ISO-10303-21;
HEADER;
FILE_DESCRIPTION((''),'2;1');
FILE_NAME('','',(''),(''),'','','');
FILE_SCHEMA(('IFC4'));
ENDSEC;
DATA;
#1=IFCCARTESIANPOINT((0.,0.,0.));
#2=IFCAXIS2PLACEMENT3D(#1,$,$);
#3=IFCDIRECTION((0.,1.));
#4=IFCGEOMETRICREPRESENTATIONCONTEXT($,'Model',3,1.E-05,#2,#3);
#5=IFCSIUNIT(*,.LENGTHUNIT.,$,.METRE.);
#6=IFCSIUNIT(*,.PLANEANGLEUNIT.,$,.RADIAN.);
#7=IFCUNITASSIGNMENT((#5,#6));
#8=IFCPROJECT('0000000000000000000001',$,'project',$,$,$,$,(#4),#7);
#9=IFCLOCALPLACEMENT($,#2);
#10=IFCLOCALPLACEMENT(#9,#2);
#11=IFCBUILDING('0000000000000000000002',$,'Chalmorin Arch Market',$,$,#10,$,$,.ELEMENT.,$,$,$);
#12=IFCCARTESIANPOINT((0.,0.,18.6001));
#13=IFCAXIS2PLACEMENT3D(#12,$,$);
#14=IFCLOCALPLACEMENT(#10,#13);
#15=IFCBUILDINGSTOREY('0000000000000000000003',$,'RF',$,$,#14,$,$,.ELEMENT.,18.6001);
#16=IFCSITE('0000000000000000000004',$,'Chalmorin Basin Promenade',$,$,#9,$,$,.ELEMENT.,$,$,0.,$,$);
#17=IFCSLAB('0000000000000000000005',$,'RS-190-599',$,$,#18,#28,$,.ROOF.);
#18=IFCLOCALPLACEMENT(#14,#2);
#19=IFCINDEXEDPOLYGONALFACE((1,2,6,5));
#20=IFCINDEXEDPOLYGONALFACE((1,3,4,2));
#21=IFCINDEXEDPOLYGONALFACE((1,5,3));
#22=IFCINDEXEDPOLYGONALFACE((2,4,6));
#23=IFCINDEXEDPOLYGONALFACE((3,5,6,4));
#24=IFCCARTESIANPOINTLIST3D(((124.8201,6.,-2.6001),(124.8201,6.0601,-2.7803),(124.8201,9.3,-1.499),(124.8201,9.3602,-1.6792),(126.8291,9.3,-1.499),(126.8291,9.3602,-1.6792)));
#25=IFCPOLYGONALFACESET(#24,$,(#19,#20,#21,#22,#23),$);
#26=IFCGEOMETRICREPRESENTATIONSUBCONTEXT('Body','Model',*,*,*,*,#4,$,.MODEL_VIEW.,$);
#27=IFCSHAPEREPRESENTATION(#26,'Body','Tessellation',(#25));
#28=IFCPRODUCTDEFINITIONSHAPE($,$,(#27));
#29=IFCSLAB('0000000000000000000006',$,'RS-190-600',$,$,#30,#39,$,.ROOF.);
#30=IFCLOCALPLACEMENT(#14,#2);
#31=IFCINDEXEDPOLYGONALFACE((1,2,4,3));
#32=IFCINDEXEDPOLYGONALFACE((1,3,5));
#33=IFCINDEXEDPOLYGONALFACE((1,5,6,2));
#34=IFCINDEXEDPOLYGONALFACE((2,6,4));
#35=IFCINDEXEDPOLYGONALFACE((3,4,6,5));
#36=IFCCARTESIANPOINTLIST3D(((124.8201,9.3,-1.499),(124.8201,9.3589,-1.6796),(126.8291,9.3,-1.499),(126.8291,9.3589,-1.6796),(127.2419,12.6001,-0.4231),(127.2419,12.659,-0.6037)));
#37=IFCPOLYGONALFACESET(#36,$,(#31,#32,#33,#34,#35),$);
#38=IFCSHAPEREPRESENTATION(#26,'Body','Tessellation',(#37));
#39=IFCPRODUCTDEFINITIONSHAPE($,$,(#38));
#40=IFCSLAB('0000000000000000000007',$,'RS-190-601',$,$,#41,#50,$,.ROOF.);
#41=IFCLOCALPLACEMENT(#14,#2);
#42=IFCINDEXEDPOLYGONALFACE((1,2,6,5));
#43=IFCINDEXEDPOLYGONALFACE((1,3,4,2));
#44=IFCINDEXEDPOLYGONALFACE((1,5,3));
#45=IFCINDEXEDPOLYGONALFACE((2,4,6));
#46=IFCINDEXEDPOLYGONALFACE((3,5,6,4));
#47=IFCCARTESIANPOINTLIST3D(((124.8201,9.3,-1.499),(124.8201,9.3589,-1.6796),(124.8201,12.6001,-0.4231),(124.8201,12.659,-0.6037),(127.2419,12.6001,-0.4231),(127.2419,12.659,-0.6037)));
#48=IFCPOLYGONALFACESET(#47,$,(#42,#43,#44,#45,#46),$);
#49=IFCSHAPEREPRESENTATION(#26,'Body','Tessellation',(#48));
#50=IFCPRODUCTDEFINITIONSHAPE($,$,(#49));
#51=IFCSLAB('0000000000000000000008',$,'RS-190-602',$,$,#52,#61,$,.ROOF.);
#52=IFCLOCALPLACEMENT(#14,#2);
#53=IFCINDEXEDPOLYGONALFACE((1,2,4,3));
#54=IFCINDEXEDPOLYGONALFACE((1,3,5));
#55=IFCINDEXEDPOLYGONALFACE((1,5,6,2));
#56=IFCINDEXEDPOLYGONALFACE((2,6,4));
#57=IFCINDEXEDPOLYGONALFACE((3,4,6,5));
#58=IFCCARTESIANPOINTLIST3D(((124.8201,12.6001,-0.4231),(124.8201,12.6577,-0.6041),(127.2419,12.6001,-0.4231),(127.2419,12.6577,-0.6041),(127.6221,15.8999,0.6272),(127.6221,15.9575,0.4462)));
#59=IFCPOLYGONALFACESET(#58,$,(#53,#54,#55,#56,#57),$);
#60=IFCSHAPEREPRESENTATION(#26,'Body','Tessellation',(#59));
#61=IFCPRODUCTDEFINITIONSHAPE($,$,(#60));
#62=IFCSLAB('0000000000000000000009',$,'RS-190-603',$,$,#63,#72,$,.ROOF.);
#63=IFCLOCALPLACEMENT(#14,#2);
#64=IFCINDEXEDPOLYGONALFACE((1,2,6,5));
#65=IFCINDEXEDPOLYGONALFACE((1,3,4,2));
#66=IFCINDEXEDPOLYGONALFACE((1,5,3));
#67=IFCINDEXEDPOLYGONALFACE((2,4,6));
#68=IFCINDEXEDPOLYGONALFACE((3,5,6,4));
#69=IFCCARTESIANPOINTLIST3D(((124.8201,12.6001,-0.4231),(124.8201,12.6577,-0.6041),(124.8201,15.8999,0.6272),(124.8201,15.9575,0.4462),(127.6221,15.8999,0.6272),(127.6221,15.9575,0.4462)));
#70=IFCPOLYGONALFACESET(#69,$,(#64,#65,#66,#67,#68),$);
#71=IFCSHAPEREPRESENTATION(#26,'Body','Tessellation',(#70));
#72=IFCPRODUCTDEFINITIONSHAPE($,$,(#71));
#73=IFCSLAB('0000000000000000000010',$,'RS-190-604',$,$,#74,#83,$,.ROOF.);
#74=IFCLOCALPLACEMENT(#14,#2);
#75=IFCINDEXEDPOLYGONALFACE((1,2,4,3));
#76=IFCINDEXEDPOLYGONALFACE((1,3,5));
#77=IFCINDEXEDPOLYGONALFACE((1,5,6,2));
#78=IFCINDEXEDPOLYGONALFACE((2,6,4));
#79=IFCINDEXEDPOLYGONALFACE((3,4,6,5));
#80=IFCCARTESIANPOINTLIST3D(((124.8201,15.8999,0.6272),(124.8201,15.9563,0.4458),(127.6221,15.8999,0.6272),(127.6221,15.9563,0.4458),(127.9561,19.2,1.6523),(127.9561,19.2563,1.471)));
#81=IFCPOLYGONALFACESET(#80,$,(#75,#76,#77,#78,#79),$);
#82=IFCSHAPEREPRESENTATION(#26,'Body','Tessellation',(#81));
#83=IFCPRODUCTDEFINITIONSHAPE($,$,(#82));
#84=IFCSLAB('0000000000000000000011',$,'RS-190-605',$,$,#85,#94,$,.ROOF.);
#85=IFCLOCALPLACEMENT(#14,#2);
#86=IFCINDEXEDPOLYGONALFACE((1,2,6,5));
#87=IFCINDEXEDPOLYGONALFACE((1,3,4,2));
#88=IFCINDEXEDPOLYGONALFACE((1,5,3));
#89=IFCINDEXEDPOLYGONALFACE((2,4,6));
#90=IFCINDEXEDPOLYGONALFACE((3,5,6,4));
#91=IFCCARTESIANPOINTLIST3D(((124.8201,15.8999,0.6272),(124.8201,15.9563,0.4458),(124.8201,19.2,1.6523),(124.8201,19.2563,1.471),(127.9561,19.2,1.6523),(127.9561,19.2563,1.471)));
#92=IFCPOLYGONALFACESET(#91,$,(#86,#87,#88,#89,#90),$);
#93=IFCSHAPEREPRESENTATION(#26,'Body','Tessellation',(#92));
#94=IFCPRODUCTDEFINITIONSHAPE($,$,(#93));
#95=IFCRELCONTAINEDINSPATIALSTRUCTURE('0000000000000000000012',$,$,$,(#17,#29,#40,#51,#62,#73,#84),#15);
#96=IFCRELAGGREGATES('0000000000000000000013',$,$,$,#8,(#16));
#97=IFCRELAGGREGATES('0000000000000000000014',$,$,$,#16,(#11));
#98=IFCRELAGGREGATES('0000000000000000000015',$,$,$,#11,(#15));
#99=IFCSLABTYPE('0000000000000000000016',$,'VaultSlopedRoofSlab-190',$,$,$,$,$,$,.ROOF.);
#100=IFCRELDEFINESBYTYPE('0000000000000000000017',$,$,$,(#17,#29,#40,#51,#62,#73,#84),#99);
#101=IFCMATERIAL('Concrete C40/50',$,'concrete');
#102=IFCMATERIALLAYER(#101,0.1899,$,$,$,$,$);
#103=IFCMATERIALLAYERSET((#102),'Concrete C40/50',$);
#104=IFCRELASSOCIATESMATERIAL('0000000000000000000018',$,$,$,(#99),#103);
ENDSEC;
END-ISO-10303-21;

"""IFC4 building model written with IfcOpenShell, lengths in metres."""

from ifc_helpers import new_model, si_unit, direction, frame, origin, place, context, subcontext, project, spatial, polyline, outline, extrude, material, layer, layer_set, type_object, element, save


model = new_model("IFC4")

# Units and contexts
model_context = context("Model", 3, precision=1e-05, world=origin(), true_north=direction((0.0, 1.0)))
body_context = subcontext(model_context, "Body", "Model", "MODEL_VIEW")
ifc_project = project(units=[si_unit("LENGTHUNIT", "METRE"), si_unit("PLANEANGLEUNIT", "RADIAN")], contexts=[model_context])

# Site, building, storey
site_placement = place(None, origin())
site = spatial("IfcSite", under=ifc_project, at=site_placement, Name="Chalmorin Basin Promenade", CompositionType="ELEMENT", RefElevation=0.0)
building_placement = place(site_placement, origin())
building = spatial("IfcBuilding", under=site, at=building_placement, Name="Chalmorin Arch Market", CompositionType="ELEMENT")
storey_placement = place(building_placement, frame((0.0, 0.0, 18.6001)))
storey = spatial("IfcBuildingStorey", under=building, at=storey_placement, Name="RF", CompositionType="ELEMENT", Elevation=18.6001)

# Slabs
ifc_material_1 = material(Name="Concrete C40/50", Category="concrete")
ifc_layer_1 = layer(ifc_material_1, 0.1899)
ifc_layer_set_1 = layer_set([ifc_layer_1], Name="Concrete C40/50")
slab_type = type_object("IfcSlabType", Name="VaultSlopedRoofSlab-190", PredefinedType="ROOF", material=ifc_layer_set_1)
slab_1_placement = place(storey_placement, frame((124.8201, 6.0, -2.6001), z_axis=(0.0, -0.316501, 0.948592), x_axis=(0.500092, 0.821454, 0.274081)))
element("IfcSlab", 1, at=slab_1_placement, inside=storey, type_object=slab_type, Name="RS-190-599", PredefinedType="ROOF", context=body_context, shape_type="SweptSolid", body=[
    extrude(outline(polyline([(0.0, 0.0), (4.0173, 0.0), (3.0126, 1.7398), (0.0, 0.0)])), origin(), (0.0, 0.0, -1.0), 0.1899),
])
slab_2_placement = place(storey_placement, frame((124.8201, 9.3, -1.499), z_axis=(0.0, -0.309975, 0.950745), x_axis=(1.0, 0.0, 0.0)))
element("IfcSlab", 2, at=slab_2_placement, inside=storey, type_object=slab_type, Name="RS-190-600", PredefinedType="ROOF", context=body_context, shape_type="SweptSolid", body=[
    extrude(outline(polyline([(0.0, 0.0), (2.009, 0.0), (2.4219, 3.471), (0.0, 0.0)])), origin(), (0.0, 0.0, -1.0), 0.1899),
])
slab_3_placement = place(storey_placement, frame((124.8201, 9.3, -1.499), z_axis=(0.0, -0.309975, 0.950745), x_axis=(0.572219, 0.779706, 0.254211)))
element("IfcSlab", 3, at=slab_3_placement, inside=storey, type_object=slab_type, Name="RS-190-601", PredefinedType="ROOF", context=body_context, shape_type="SweptSolid", body=[
    extrude(outline(polyline([(0.0, 0.0), (4.2324, 0.0), (2.8466, 1.9862), (0.0, 0.0)])), origin(), (0.0, 0.0, -1.0), 0.1899),
])
slab_4_placement = place(storey_placement, frame((124.8201, 12.6001, -0.4231), z_axis=(0.0, -0.303297, 0.952896), x_axis=(1.0, 0.0, 0.0)))
element("IfcSlab", 4, at=slab_4_placement, inside=storey, type_object=slab_type, Name="RS-190-602", PredefinedType="ROOF", context=body_context, shape_type="SweptSolid", body=[
    extrude(outline(polyline([(0.0, 0.0), (2.4219, 0.0), (2.802, 3.4629), (0.0, 0.0)])), origin(), (0.0, 0.0, -1.0), 0.1899),
])
slab_5_placement = place(storey_placement, frame((124.8201, 12.6001, -0.4231), z_axis=(0.0, -0.303297, 0.952896), x_axis=(0.62902, 0.740771, 0.23578)))
element("IfcSlab", 5, at=slab_5_placement, inside=storey, type_object=slab_type, Name="RS-190-603", PredefinedType="ROOF", context=body_context, shape_type="SweptSolid", body=[
    extrude(outline(polyline([(0.0, 0.0), (4.4546, 0.0), (2.692, 2.1782), (0.0, 0.0)])), origin(), (0.0, 0.0, -1.0), 0.1899),
])
slab_6_placement = place(storey_placement, frame((124.8201, 15.8999, 0.6272), z_axis=(0.0, -0.296661, 0.954983), x_axis=(1.0, 0.0, 0.0)))
element("IfcSlab", 6, at=slab_6_placement, inside=storey, type_object=slab_type, Name="RS-190-604", PredefinedType="ROOF", context=body_context, shape_type="SweptSolid", body=[
    extrude(outline(polyline([(0.0, 0.0), (2.802, 0.0), (3.136, 3.4556), (0.0, 0.0)])), origin(), (0.0, 0.0, -1.0), 0.1899),
])
slab_7_placement = place(storey_placement, frame((124.8201, 15.8999, 0.6272), z_axis=(0.0, -0.296661, 0.954983), x_axis=(0.67203, 0.707188, 0.219685)))
element("IfcSlab", 7, at=slab_7_placement, inside=storey, type_object=slab_type, Name="RS-190-605", PredefinedType="ROOF", context=body_context, shape_type="SweptSolid", body=[
    extrude(outline(polyline([(0.0, 0.0), (4.6664, 0.0), (2.559, 2.3223), (0.0, 0.0)])), origin(), (0.0, 0.0, -1.0), 0.1899),
])

save(model, "model.ifc")
